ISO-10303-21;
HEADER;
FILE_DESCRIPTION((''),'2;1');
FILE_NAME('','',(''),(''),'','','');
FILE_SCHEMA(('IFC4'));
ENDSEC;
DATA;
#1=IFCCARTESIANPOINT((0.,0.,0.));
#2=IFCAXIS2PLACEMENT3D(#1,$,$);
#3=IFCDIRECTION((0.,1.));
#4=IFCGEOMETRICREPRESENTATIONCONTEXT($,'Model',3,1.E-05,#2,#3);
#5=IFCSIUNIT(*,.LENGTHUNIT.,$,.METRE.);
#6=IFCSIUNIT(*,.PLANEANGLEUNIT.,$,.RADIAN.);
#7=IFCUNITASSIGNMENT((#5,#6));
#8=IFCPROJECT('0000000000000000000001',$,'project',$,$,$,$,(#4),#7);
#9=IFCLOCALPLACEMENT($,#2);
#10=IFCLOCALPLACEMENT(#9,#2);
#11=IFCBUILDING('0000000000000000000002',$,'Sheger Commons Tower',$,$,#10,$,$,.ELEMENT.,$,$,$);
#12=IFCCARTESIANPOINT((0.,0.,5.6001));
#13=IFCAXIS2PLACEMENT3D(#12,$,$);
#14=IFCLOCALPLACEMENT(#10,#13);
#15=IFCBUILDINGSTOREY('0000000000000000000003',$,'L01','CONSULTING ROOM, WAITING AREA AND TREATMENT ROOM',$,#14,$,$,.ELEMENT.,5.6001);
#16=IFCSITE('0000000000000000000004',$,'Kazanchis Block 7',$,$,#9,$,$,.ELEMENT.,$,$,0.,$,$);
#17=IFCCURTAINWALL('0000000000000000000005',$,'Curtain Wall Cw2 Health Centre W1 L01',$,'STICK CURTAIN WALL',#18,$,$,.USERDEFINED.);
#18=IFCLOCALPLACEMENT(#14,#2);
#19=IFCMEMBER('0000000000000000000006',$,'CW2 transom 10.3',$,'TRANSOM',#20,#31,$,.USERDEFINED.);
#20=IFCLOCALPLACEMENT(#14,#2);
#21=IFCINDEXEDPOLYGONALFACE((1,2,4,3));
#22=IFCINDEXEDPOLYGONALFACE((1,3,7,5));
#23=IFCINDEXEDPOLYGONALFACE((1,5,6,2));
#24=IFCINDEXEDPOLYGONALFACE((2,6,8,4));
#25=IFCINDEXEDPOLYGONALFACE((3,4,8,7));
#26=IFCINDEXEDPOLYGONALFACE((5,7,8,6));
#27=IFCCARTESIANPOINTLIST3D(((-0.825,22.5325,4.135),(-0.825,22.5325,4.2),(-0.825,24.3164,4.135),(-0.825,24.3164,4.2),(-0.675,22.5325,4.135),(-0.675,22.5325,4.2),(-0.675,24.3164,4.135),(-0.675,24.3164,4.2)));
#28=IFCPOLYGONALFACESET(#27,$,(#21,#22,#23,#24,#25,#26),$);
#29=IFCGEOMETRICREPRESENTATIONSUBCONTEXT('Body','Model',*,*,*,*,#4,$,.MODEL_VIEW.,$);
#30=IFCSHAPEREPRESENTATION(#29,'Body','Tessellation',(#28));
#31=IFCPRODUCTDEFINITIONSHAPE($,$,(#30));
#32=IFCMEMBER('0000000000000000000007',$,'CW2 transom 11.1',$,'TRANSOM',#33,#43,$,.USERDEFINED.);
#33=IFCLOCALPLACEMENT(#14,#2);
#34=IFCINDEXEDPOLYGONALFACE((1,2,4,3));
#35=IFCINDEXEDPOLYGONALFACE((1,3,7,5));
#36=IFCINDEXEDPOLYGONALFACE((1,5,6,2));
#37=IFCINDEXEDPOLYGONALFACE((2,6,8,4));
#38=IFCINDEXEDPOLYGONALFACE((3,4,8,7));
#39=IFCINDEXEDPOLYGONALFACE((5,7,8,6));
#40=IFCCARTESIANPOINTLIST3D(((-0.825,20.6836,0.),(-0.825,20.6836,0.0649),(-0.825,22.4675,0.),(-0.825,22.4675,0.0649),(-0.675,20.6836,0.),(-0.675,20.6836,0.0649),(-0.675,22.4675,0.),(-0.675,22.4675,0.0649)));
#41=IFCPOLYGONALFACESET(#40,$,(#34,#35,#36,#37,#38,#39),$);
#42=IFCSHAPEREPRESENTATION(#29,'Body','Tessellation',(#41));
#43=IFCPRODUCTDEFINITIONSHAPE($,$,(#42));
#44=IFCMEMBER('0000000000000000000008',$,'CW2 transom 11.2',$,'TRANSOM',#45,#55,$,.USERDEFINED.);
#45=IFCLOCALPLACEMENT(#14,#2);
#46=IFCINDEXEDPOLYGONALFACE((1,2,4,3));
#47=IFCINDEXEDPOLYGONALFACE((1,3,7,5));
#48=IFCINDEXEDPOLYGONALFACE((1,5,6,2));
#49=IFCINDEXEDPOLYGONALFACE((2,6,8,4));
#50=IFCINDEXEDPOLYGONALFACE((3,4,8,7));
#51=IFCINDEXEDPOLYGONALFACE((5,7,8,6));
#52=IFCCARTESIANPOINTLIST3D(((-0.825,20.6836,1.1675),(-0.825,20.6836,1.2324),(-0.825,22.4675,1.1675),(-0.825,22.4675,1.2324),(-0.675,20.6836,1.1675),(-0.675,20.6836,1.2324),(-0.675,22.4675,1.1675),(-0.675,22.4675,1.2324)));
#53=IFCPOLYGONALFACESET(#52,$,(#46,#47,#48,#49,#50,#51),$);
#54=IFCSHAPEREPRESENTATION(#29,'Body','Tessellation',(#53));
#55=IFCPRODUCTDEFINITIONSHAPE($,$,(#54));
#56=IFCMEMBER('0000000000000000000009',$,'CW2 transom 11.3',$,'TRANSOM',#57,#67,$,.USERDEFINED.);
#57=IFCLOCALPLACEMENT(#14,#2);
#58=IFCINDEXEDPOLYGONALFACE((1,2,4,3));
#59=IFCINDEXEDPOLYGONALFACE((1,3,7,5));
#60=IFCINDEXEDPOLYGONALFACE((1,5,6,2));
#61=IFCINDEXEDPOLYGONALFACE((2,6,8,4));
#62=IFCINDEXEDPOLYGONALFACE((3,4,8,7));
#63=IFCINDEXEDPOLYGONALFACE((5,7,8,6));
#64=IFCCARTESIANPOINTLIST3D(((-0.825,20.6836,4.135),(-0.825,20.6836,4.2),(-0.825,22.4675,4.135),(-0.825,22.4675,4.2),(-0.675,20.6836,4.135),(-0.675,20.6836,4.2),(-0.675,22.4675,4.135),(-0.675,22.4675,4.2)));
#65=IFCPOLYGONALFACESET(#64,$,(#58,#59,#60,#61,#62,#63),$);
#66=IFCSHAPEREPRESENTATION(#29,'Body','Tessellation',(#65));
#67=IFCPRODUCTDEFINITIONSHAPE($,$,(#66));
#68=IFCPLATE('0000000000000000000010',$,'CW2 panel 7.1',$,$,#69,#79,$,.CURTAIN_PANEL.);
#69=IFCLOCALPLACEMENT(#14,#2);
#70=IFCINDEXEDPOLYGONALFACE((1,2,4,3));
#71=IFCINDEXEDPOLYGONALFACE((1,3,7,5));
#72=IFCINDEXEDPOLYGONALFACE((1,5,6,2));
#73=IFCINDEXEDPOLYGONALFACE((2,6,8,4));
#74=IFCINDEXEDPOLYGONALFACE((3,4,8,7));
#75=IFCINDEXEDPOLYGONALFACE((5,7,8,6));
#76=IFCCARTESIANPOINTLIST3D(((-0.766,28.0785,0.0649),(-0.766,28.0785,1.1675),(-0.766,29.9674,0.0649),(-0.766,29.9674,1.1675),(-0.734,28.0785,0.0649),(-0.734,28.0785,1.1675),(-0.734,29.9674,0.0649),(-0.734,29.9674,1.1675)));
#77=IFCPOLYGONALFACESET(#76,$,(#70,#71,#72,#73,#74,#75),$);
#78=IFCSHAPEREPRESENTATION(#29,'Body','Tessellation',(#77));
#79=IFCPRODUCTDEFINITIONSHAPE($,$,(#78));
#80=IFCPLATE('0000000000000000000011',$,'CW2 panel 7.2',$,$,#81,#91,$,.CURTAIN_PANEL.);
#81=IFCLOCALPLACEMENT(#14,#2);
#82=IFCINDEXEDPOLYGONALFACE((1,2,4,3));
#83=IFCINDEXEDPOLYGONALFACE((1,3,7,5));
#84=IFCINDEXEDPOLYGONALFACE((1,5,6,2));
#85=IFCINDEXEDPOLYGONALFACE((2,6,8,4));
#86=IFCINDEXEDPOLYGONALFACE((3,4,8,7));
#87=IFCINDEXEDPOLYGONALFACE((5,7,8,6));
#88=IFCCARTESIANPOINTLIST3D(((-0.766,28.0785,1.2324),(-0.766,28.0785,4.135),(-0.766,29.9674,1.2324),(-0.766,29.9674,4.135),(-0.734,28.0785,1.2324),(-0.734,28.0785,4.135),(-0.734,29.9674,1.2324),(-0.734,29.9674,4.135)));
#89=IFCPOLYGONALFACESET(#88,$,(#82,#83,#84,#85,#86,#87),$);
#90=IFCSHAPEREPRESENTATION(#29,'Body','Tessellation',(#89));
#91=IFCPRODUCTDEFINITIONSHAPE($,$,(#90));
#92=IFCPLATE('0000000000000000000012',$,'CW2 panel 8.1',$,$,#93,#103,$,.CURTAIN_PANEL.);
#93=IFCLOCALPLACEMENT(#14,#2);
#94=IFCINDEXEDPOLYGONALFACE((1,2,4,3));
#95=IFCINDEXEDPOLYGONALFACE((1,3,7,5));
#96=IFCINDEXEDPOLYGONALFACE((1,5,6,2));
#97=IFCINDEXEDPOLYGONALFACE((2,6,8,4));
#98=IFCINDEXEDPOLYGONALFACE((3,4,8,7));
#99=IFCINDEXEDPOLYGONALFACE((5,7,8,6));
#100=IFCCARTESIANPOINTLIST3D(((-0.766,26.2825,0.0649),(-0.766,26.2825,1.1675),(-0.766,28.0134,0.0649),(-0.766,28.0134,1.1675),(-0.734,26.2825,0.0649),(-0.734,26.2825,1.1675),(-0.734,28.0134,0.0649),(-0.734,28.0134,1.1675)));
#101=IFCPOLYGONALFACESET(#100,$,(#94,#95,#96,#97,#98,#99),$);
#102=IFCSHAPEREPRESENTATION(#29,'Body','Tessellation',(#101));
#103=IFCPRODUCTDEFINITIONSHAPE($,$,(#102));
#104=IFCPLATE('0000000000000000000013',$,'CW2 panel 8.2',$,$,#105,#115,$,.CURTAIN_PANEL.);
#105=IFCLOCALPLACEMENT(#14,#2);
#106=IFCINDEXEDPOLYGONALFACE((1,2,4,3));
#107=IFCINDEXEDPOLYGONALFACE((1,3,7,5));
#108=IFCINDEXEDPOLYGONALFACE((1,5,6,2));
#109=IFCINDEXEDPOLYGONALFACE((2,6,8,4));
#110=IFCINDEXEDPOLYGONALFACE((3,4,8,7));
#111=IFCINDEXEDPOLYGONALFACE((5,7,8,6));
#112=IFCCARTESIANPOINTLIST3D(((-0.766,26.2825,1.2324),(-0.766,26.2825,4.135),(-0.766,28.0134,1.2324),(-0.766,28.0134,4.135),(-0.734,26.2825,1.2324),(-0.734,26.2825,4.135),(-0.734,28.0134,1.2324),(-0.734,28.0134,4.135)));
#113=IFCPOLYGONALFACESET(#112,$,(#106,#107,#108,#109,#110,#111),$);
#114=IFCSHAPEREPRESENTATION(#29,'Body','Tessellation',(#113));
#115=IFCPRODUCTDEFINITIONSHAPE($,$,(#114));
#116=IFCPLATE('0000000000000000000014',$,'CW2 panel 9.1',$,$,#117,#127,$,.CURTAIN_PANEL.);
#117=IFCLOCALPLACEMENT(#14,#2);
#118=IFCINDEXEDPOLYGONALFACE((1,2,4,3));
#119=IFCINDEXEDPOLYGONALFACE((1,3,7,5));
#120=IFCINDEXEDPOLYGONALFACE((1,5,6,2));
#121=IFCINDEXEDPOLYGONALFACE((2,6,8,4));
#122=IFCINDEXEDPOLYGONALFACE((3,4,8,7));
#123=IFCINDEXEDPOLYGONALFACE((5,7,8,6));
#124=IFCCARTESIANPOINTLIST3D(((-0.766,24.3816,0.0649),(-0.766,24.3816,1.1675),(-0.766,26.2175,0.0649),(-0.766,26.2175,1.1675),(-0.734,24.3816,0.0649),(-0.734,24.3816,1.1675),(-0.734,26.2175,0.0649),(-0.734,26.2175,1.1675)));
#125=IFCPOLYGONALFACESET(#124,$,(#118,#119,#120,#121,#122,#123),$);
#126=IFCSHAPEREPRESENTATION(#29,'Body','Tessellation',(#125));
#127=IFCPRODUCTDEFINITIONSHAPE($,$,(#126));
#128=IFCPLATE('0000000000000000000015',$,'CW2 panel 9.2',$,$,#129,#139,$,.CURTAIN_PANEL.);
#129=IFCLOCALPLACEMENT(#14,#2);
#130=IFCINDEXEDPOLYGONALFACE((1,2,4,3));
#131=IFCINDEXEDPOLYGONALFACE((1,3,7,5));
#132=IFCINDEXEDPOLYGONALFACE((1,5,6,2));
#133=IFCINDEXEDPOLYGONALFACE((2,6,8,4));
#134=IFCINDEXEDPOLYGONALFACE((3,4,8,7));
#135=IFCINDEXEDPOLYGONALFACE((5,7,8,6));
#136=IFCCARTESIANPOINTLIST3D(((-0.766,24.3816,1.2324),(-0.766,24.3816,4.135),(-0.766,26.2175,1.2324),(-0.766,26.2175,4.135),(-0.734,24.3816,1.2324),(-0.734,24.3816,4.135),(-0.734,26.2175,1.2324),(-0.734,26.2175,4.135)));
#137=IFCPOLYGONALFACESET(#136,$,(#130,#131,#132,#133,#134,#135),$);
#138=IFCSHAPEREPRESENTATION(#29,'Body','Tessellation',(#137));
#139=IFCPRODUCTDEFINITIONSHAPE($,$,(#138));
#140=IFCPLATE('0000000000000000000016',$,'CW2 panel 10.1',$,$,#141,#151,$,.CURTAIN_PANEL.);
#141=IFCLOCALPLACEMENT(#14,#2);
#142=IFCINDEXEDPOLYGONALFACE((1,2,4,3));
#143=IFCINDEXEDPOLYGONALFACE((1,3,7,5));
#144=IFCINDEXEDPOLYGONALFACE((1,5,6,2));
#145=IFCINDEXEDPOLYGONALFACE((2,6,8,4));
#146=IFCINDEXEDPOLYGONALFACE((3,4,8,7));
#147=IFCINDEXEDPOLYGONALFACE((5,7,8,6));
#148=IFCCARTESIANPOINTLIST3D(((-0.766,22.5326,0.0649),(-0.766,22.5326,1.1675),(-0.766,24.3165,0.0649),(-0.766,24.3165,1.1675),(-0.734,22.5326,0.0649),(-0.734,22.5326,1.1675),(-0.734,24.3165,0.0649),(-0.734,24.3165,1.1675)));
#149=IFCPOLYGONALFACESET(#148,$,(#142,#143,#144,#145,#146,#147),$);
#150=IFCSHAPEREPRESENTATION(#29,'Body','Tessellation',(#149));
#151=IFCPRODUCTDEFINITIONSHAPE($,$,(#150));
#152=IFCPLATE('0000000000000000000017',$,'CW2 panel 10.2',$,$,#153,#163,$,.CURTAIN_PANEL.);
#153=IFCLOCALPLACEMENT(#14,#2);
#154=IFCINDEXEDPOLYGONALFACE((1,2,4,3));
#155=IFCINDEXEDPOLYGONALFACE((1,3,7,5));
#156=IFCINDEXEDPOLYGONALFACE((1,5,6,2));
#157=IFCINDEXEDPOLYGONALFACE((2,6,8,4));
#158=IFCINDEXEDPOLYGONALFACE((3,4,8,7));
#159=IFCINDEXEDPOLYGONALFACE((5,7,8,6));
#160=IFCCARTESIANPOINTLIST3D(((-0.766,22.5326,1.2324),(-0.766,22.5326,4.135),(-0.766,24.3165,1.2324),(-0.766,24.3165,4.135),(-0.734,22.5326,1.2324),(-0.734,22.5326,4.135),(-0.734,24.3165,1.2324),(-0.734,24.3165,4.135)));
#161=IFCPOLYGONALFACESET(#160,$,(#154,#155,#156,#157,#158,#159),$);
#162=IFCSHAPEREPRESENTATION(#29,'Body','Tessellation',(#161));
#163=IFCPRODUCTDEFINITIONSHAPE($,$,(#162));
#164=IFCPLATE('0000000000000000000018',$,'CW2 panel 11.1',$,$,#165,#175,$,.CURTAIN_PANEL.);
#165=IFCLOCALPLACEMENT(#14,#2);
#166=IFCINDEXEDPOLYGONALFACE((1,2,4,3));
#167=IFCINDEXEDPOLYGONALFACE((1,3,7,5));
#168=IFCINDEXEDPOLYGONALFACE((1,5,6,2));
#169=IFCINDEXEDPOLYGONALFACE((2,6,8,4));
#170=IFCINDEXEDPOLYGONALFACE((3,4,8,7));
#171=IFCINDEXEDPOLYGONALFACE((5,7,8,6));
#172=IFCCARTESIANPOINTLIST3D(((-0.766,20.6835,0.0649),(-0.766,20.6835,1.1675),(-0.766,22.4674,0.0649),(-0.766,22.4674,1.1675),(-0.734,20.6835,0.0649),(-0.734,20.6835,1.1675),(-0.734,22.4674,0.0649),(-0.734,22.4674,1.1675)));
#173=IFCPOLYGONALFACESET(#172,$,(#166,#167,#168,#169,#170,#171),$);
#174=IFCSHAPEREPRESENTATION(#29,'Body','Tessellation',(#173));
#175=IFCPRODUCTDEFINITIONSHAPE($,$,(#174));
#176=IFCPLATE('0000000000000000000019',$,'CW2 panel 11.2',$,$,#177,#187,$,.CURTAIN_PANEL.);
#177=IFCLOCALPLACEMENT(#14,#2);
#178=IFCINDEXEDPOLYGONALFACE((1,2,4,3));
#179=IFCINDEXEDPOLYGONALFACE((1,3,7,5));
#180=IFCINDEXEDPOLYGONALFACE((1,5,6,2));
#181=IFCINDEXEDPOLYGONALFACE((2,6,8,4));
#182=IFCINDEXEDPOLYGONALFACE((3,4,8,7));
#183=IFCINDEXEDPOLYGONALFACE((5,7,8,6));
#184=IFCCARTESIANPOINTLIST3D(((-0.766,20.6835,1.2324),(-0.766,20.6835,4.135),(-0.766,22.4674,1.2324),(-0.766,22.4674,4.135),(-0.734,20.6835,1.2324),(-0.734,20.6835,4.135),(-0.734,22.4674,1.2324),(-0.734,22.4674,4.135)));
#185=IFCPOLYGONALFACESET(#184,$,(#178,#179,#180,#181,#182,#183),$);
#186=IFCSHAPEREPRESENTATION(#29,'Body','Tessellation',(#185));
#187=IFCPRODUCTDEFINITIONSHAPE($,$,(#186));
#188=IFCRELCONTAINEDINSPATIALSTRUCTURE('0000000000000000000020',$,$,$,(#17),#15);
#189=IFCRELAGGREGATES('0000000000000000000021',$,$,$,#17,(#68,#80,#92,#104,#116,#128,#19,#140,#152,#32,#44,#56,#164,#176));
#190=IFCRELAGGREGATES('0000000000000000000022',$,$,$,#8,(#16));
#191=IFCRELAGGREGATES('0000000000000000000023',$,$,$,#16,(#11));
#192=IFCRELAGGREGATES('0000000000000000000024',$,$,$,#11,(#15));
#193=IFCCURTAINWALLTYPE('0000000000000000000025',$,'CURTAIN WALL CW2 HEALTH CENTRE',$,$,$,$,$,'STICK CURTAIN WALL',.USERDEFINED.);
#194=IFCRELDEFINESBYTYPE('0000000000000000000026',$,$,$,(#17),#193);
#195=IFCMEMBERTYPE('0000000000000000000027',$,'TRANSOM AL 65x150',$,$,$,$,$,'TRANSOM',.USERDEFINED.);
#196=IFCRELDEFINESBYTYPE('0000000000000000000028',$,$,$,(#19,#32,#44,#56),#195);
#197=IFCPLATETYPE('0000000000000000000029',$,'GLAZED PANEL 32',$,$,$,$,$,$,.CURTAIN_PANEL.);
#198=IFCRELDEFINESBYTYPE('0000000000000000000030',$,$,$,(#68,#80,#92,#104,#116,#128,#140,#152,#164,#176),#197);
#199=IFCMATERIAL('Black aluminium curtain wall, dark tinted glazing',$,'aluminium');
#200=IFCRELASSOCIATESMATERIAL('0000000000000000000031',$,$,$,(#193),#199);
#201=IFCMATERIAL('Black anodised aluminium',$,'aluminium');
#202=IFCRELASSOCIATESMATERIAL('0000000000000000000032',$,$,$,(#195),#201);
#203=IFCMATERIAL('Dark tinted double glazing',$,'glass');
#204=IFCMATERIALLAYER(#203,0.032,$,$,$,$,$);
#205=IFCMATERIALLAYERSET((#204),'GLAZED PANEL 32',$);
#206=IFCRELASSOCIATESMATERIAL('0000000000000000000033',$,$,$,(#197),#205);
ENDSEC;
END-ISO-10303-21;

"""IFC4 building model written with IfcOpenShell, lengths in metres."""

from ifc_helpers import new_model, si_unit, direction, frame, origin, origin_2d, place, context, subcontext, project, spatial, rectangle, extrude, material, layer, layer_set, material_profile, profile_set, type_object, element, aggregate, save


model = new_model("IFC4")

# Units and contexts
model_context = context("Model", 3, precision=1e-05, world=origin(), true_north=direction((0.0, 1.0)))
body_context = subcontext(model_context, "Body", "Model", "MODEL_VIEW")
ifc_project = project(units=[si_unit("LENGTHUNIT", "METRE"), si_unit("PLANEANGLEUNIT", "RADIAN")], contexts=[model_context])

# Site, building, storey
site_placement = place(None, origin())
site = spatial("IfcSite", under=ifc_project, at=site_placement, Name="Kazanchis Block 7", CompositionType="ELEMENT", RefElevation=0.0)
building_placement = place(site_placement, origin())
building = spatial("IfcBuilding", under=site, at=building_placement, Name="Sheger Commons Tower", CompositionType="ELEMENT")
storey_placement = place(building_placement, frame((0.0, 0.0, 5.6001)))
storey = spatial("IfcBuildingStorey", under=building, at=storey_placement, Name="L01", Description="CONSULTING ROOM, WAITING AREA AND TREATMENT ROOM", CompositionType="ELEMENT", Elevation=5.6001)

# Curtain wall, members, plates
ifc_material_1 = material(Name="Black aluminium curtain wall, dark tinted glazing", Category="aluminium")
curtain_wall_type = type_object("IfcCurtainWallType", Name="CURTAIN WALL CW2 HEALTH CENTRE", ElementType="STICK CURTAIN WALL", PredefinedType="USERDEFINED", material=ifc_material_1)
curtain_wall_placement = place(storey_placement, origin())
curtain_wall = element("IfcCurtainWall", 1, at=curtain_wall_placement, inside=storey, type_object=curtain_wall_type, Name="Curtain Wall Cw2 Health Centre W1 L01", ObjectType="STICK CURTAIN WALL", PredefinedType="USERDEFINED")
ifc_material_2 = material(Name="Black anodised aluminium", Category="aluminium")
ifc_material_profile_1 = material_profile(ifc_material_2, rectangle(XDim=0.1499, YDim=0.0649, at=origin_2d()), Name="AL 65x150")
ifc_profile_set_1 = profile_set([ifc_material_profile_1], Name="Black anodised aluminium")
member_type_1 = type_object("IfcMemberType", Name="TRANSOM AL 65x150", ElementType="TRANSOM", PredefinedType="USERDEFINED", material=ifc_profile_set_1)
member_1_placement = place(storey_placement, frame((-0.75, 24.3164, 4.1675), z_axis=(0.0, -1.0, 0.0), x_axis=(1.0, 0.0, 0.0)))
member_1 = element("IfcMember", 2, at=member_1_placement, type_object=member_type_1, Name="CW2 transom 10.3", ObjectType="TRANSOM", PredefinedType="USERDEFINED", context=body_context, shape_type="SweptSolid", body=[
    extrude(rectangle(XDim=0.1499, YDim=0.0649, at=origin_2d()), origin(), (0.0, 0.0, 1.0), 1.7839),
])
member_2_placement = place(storey_placement, frame((-0.75, 22.4675, 0.0325), z_axis=(0.0, -1.0, 0.0), x_axis=(1.0, 0.0, 0.0)))
member_2 = element("IfcMember", 3, at=member_2_placement, type_object=member_type_1, Name="CW2 transom 11.1", ObjectType="TRANSOM", PredefinedType="USERDEFINED", context=body_context, shape_type="SweptSolid", body=[
    extrude(rectangle(XDim=0.1499, YDim=0.0649, at=origin_2d()), origin(), (0.0, 0.0, 1.0), 1.7839),
])
member_3_placement = place(storey_placement, frame((-0.75, 22.4675, 1.2), z_axis=(0.0, -1.0, 0.0), x_axis=(1.0, 0.0, 0.0)))
member_3 = element("IfcMember", 4, at=member_3_placement, type_object=member_type_1, Name="CW2 transom 11.2", ObjectType="TRANSOM", PredefinedType="USERDEFINED", context=body_context, shape_type="SweptSolid", body=[
    extrude(rectangle(XDim=0.1499, YDim=0.0649, at=origin_2d()), origin(), (0.0, 0.0, 1.0), 1.7839),
])
member_4_placement = place(storey_placement, frame((-0.75, 22.4675, 4.1675), z_axis=(0.0, -1.0, 0.0), x_axis=(1.0, 0.0, 0.0)))
member_4 = element("IfcMember", 5, at=member_4_placement, type_object=member_type_1, Name="CW2 transom 11.3", ObjectType="TRANSOM", PredefinedType="USERDEFINED", context=body_context, shape_type="SweptSolid", body=[
    extrude(rectangle(XDim=0.1499, YDim=0.0649, at=origin_2d()), origin(), (0.0, 0.0, 1.0), 1.7839),
])
ifc_material_3 = material(Name="Dark tinted double glazing", Category="glass")
ifc_layer = layer(ifc_material_3, 0.032)
ifc_layer_set = layer_set([ifc_layer], Name="GLAZED PANEL 32")
plate_type = type_object("IfcPlateType", Name="GLAZED PANEL 32", PredefinedType="CURTAIN_PANEL", material=ifc_layer_set)
plate_1_placement = place(storey_placement, frame((-0.75, 29.0229, 0.0649), z_axis=(0.0, 0.0, 1.0), x_axis=(0.0, -1.0, 0.0)))
plate_1 = element("IfcPlate", 6, at=plate_1_placement, type_object=plate_type, Name="CW2 panel 7.1", PredefinedType="CURTAIN_PANEL", context=body_context, shape_type="SweptSolid", body=[
    extrude(rectangle(XDim=1.8889, YDim=0.032, at=origin_2d()), origin(), (0.0, 0.0, 1.0), 1.1025),
])
plate_2_placement = place(storey_placement, frame((-0.75, 29.0229, 1.2324), z_axis=(0.0, 0.0, 1.0), x_axis=(0.0, -1.0, 0.0)))
plate_2 = element("IfcPlate", 7, at=plate_2_placement, type_object=plate_type, Name="CW2 panel 7.2", PredefinedType="CURTAIN_PANEL", context=body_context, shape_type="SweptSolid", body=[
    extrude(rectangle(XDim=1.8889, YDim=0.032, at=origin_2d()), origin(), (0.0, 0.0, 1.0), 2.9026),
])
plate_3_placement = place(storey_placement, frame((-0.75, 27.1479, 0.0649), z_axis=(0.0, 0.0, 1.0), x_axis=(0.0, -1.0, 0.0)))
plate_3 = element("IfcPlate", 8, at=plate_3_placement, type_object=plate_type, Name="CW2 panel 8.1", PredefinedType="CURTAIN_PANEL", context=body_context, shape_type="SweptSolid", body=[
    extrude(rectangle(XDim=1.731, YDim=0.032, at=origin_2d()), origin(), (0.0, 0.0, 1.0), 1.1025),
])
plate_4_placement = place(storey_placement, frame((-0.75, 27.1479, 1.2324), z_axis=(0.0, 0.0, 1.0), x_axis=(0.0, -1.0, 0.0)))
plate_4 = element("IfcPlate", 9, at=plate_4_placement, type_object=plate_type, Name="CW2 panel 8.2", PredefinedType="CURTAIN_PANEL", context=body_context, shape_type="SweptSolid", body=[
    extrude(rectangle(XDim=1.731, YDim=0.032, at=origin_2d()), origin(), (0.0, 0.0, 1.0), 2.9026),
])
plate_5_placement = place(storey_placement, frame((-0.75, 25.2996, 0.0649), z_axis=(0.0, 0.0, 1.0), x_axis=(0.0, -1.0, 0.0)))
plate_5 = element("IfcPlate", 10, at=plate_5_placement, type_object=plate_type, Name="CW2 panel 9.1", PredefinedType="CURTAIN_PANEL", context=body_context, shape_type="SweptSolid", body=[
    extrude(rectangle(XDim=1.8359, YDim=0.032, at=origin_2d()), origin(), (0.0, 0.0, 1.0), 1.1025),
])
plate_6_placement = place(storey_placement, frame((-0.75, 25.2996, 1.2324), z_axis=(0.0, 0.0, 1.0), x_axis=(0.0, -1.0, 0.0)))
plate_6 = element("IfcPlate", 11, at=plate_6_placement, type_object=plate_type, Name="CW2 panel 9.2", PredefinedType="CURTAIN_PANEL", context=body_context, shape_type="SweptSolid", body=[
    extrude(rectangle(XDim=1.8359, YDim=0.032, at=origin_2d()), origin(), (0.0, 0.0, 1.0), 2.9026),
])
plate_7_placement = place(storey_placement, frame((-0.75, 23.4246, 0.0649), z_axis=(0.0, 0.0, 1.0), x_axis=(0.0, -1.0, 0.0)))
plate_7 = element("IfcPlate", 12, at=plate_7_placement, type_object=plate_type, Name="CW2 panel 10.1", PredefinedType="CURTAIN_PANEL", context=body_context, shape_type="SweptSolid", body=[
    extrude(rectangle(XDim=1.7839, YDim=0.032, at=origin_2d()), origin(), (0.0, 0.0, 1.0), 1.1025),
])
plate_8_placement = place(storey_placement, frame((-0.75, 23.4246, 1.2324), z_axis=(0.0, 0.0, 1.0), x_axis=(0.0, -1.0, 0.0)))
plate_8 = element("IfcPlate", 13, at=plate_8_placement, type_object=plate_type, Name="CW2 panel 10.2", PredefinedType="CURTAIN_PANEL", context=body_context, shape_type="SweptSolid", body=[
    extrude(rectangle(XDim=1.7839, YDim=0.032, at=origin_2d()), origin(), (0.0, 0.0, 1.0), 2.9026),
])
plate_9_placement = place(storey_placement, frame((-0.75, 21.5754, 0.0649), z_axis=(0.0, 0.0, 1.0), x_axis=(0.0, -1.0, 0.0)))
plate_9 = element("IfcPlate", 14, at=plate_9_placement, type_object=plate_type, Name="CW2 panel 11.1", PredefinedType="CURTAIN_PANEL", context=body_context, shape_type="SweptSolid", body=[
    extrude(rectangle(XDim=1.7839, YDim=0.032, at=origin_2d()), origin(), (0.0, 0.0, 1.0), 1.1025),
])
plate_10_placement = place(storey_placement, frame((-0.75, 21.5754, 1.2324), z_axis=(0.0, 0.0, 1.0), x_axis=(0.0, -1.0, 0.0)))
plate_10 = element("IfcPlate", 15, at=plate_10_placement, type_object=plate_type, Name="CW2 panel 11.2", PredefinedType="CURTAIN_PANEL", context=body_context, shape_type="SweptSolid", body=[
    extrude(rectangle(XDim=1.7839, YDim=0.032, at=origin_2d()), origin(), (0.0, 0.0, 1.0), 2.9026),
])
aggregate(curtain_wall, [plate_1, plate_2, plate_3, plate_4, plate_5, plate_6, member_1, plate_7, plate_8, member_2, member_3, member_4, plate_9, plate_10])

save(model, "model.ifc")
